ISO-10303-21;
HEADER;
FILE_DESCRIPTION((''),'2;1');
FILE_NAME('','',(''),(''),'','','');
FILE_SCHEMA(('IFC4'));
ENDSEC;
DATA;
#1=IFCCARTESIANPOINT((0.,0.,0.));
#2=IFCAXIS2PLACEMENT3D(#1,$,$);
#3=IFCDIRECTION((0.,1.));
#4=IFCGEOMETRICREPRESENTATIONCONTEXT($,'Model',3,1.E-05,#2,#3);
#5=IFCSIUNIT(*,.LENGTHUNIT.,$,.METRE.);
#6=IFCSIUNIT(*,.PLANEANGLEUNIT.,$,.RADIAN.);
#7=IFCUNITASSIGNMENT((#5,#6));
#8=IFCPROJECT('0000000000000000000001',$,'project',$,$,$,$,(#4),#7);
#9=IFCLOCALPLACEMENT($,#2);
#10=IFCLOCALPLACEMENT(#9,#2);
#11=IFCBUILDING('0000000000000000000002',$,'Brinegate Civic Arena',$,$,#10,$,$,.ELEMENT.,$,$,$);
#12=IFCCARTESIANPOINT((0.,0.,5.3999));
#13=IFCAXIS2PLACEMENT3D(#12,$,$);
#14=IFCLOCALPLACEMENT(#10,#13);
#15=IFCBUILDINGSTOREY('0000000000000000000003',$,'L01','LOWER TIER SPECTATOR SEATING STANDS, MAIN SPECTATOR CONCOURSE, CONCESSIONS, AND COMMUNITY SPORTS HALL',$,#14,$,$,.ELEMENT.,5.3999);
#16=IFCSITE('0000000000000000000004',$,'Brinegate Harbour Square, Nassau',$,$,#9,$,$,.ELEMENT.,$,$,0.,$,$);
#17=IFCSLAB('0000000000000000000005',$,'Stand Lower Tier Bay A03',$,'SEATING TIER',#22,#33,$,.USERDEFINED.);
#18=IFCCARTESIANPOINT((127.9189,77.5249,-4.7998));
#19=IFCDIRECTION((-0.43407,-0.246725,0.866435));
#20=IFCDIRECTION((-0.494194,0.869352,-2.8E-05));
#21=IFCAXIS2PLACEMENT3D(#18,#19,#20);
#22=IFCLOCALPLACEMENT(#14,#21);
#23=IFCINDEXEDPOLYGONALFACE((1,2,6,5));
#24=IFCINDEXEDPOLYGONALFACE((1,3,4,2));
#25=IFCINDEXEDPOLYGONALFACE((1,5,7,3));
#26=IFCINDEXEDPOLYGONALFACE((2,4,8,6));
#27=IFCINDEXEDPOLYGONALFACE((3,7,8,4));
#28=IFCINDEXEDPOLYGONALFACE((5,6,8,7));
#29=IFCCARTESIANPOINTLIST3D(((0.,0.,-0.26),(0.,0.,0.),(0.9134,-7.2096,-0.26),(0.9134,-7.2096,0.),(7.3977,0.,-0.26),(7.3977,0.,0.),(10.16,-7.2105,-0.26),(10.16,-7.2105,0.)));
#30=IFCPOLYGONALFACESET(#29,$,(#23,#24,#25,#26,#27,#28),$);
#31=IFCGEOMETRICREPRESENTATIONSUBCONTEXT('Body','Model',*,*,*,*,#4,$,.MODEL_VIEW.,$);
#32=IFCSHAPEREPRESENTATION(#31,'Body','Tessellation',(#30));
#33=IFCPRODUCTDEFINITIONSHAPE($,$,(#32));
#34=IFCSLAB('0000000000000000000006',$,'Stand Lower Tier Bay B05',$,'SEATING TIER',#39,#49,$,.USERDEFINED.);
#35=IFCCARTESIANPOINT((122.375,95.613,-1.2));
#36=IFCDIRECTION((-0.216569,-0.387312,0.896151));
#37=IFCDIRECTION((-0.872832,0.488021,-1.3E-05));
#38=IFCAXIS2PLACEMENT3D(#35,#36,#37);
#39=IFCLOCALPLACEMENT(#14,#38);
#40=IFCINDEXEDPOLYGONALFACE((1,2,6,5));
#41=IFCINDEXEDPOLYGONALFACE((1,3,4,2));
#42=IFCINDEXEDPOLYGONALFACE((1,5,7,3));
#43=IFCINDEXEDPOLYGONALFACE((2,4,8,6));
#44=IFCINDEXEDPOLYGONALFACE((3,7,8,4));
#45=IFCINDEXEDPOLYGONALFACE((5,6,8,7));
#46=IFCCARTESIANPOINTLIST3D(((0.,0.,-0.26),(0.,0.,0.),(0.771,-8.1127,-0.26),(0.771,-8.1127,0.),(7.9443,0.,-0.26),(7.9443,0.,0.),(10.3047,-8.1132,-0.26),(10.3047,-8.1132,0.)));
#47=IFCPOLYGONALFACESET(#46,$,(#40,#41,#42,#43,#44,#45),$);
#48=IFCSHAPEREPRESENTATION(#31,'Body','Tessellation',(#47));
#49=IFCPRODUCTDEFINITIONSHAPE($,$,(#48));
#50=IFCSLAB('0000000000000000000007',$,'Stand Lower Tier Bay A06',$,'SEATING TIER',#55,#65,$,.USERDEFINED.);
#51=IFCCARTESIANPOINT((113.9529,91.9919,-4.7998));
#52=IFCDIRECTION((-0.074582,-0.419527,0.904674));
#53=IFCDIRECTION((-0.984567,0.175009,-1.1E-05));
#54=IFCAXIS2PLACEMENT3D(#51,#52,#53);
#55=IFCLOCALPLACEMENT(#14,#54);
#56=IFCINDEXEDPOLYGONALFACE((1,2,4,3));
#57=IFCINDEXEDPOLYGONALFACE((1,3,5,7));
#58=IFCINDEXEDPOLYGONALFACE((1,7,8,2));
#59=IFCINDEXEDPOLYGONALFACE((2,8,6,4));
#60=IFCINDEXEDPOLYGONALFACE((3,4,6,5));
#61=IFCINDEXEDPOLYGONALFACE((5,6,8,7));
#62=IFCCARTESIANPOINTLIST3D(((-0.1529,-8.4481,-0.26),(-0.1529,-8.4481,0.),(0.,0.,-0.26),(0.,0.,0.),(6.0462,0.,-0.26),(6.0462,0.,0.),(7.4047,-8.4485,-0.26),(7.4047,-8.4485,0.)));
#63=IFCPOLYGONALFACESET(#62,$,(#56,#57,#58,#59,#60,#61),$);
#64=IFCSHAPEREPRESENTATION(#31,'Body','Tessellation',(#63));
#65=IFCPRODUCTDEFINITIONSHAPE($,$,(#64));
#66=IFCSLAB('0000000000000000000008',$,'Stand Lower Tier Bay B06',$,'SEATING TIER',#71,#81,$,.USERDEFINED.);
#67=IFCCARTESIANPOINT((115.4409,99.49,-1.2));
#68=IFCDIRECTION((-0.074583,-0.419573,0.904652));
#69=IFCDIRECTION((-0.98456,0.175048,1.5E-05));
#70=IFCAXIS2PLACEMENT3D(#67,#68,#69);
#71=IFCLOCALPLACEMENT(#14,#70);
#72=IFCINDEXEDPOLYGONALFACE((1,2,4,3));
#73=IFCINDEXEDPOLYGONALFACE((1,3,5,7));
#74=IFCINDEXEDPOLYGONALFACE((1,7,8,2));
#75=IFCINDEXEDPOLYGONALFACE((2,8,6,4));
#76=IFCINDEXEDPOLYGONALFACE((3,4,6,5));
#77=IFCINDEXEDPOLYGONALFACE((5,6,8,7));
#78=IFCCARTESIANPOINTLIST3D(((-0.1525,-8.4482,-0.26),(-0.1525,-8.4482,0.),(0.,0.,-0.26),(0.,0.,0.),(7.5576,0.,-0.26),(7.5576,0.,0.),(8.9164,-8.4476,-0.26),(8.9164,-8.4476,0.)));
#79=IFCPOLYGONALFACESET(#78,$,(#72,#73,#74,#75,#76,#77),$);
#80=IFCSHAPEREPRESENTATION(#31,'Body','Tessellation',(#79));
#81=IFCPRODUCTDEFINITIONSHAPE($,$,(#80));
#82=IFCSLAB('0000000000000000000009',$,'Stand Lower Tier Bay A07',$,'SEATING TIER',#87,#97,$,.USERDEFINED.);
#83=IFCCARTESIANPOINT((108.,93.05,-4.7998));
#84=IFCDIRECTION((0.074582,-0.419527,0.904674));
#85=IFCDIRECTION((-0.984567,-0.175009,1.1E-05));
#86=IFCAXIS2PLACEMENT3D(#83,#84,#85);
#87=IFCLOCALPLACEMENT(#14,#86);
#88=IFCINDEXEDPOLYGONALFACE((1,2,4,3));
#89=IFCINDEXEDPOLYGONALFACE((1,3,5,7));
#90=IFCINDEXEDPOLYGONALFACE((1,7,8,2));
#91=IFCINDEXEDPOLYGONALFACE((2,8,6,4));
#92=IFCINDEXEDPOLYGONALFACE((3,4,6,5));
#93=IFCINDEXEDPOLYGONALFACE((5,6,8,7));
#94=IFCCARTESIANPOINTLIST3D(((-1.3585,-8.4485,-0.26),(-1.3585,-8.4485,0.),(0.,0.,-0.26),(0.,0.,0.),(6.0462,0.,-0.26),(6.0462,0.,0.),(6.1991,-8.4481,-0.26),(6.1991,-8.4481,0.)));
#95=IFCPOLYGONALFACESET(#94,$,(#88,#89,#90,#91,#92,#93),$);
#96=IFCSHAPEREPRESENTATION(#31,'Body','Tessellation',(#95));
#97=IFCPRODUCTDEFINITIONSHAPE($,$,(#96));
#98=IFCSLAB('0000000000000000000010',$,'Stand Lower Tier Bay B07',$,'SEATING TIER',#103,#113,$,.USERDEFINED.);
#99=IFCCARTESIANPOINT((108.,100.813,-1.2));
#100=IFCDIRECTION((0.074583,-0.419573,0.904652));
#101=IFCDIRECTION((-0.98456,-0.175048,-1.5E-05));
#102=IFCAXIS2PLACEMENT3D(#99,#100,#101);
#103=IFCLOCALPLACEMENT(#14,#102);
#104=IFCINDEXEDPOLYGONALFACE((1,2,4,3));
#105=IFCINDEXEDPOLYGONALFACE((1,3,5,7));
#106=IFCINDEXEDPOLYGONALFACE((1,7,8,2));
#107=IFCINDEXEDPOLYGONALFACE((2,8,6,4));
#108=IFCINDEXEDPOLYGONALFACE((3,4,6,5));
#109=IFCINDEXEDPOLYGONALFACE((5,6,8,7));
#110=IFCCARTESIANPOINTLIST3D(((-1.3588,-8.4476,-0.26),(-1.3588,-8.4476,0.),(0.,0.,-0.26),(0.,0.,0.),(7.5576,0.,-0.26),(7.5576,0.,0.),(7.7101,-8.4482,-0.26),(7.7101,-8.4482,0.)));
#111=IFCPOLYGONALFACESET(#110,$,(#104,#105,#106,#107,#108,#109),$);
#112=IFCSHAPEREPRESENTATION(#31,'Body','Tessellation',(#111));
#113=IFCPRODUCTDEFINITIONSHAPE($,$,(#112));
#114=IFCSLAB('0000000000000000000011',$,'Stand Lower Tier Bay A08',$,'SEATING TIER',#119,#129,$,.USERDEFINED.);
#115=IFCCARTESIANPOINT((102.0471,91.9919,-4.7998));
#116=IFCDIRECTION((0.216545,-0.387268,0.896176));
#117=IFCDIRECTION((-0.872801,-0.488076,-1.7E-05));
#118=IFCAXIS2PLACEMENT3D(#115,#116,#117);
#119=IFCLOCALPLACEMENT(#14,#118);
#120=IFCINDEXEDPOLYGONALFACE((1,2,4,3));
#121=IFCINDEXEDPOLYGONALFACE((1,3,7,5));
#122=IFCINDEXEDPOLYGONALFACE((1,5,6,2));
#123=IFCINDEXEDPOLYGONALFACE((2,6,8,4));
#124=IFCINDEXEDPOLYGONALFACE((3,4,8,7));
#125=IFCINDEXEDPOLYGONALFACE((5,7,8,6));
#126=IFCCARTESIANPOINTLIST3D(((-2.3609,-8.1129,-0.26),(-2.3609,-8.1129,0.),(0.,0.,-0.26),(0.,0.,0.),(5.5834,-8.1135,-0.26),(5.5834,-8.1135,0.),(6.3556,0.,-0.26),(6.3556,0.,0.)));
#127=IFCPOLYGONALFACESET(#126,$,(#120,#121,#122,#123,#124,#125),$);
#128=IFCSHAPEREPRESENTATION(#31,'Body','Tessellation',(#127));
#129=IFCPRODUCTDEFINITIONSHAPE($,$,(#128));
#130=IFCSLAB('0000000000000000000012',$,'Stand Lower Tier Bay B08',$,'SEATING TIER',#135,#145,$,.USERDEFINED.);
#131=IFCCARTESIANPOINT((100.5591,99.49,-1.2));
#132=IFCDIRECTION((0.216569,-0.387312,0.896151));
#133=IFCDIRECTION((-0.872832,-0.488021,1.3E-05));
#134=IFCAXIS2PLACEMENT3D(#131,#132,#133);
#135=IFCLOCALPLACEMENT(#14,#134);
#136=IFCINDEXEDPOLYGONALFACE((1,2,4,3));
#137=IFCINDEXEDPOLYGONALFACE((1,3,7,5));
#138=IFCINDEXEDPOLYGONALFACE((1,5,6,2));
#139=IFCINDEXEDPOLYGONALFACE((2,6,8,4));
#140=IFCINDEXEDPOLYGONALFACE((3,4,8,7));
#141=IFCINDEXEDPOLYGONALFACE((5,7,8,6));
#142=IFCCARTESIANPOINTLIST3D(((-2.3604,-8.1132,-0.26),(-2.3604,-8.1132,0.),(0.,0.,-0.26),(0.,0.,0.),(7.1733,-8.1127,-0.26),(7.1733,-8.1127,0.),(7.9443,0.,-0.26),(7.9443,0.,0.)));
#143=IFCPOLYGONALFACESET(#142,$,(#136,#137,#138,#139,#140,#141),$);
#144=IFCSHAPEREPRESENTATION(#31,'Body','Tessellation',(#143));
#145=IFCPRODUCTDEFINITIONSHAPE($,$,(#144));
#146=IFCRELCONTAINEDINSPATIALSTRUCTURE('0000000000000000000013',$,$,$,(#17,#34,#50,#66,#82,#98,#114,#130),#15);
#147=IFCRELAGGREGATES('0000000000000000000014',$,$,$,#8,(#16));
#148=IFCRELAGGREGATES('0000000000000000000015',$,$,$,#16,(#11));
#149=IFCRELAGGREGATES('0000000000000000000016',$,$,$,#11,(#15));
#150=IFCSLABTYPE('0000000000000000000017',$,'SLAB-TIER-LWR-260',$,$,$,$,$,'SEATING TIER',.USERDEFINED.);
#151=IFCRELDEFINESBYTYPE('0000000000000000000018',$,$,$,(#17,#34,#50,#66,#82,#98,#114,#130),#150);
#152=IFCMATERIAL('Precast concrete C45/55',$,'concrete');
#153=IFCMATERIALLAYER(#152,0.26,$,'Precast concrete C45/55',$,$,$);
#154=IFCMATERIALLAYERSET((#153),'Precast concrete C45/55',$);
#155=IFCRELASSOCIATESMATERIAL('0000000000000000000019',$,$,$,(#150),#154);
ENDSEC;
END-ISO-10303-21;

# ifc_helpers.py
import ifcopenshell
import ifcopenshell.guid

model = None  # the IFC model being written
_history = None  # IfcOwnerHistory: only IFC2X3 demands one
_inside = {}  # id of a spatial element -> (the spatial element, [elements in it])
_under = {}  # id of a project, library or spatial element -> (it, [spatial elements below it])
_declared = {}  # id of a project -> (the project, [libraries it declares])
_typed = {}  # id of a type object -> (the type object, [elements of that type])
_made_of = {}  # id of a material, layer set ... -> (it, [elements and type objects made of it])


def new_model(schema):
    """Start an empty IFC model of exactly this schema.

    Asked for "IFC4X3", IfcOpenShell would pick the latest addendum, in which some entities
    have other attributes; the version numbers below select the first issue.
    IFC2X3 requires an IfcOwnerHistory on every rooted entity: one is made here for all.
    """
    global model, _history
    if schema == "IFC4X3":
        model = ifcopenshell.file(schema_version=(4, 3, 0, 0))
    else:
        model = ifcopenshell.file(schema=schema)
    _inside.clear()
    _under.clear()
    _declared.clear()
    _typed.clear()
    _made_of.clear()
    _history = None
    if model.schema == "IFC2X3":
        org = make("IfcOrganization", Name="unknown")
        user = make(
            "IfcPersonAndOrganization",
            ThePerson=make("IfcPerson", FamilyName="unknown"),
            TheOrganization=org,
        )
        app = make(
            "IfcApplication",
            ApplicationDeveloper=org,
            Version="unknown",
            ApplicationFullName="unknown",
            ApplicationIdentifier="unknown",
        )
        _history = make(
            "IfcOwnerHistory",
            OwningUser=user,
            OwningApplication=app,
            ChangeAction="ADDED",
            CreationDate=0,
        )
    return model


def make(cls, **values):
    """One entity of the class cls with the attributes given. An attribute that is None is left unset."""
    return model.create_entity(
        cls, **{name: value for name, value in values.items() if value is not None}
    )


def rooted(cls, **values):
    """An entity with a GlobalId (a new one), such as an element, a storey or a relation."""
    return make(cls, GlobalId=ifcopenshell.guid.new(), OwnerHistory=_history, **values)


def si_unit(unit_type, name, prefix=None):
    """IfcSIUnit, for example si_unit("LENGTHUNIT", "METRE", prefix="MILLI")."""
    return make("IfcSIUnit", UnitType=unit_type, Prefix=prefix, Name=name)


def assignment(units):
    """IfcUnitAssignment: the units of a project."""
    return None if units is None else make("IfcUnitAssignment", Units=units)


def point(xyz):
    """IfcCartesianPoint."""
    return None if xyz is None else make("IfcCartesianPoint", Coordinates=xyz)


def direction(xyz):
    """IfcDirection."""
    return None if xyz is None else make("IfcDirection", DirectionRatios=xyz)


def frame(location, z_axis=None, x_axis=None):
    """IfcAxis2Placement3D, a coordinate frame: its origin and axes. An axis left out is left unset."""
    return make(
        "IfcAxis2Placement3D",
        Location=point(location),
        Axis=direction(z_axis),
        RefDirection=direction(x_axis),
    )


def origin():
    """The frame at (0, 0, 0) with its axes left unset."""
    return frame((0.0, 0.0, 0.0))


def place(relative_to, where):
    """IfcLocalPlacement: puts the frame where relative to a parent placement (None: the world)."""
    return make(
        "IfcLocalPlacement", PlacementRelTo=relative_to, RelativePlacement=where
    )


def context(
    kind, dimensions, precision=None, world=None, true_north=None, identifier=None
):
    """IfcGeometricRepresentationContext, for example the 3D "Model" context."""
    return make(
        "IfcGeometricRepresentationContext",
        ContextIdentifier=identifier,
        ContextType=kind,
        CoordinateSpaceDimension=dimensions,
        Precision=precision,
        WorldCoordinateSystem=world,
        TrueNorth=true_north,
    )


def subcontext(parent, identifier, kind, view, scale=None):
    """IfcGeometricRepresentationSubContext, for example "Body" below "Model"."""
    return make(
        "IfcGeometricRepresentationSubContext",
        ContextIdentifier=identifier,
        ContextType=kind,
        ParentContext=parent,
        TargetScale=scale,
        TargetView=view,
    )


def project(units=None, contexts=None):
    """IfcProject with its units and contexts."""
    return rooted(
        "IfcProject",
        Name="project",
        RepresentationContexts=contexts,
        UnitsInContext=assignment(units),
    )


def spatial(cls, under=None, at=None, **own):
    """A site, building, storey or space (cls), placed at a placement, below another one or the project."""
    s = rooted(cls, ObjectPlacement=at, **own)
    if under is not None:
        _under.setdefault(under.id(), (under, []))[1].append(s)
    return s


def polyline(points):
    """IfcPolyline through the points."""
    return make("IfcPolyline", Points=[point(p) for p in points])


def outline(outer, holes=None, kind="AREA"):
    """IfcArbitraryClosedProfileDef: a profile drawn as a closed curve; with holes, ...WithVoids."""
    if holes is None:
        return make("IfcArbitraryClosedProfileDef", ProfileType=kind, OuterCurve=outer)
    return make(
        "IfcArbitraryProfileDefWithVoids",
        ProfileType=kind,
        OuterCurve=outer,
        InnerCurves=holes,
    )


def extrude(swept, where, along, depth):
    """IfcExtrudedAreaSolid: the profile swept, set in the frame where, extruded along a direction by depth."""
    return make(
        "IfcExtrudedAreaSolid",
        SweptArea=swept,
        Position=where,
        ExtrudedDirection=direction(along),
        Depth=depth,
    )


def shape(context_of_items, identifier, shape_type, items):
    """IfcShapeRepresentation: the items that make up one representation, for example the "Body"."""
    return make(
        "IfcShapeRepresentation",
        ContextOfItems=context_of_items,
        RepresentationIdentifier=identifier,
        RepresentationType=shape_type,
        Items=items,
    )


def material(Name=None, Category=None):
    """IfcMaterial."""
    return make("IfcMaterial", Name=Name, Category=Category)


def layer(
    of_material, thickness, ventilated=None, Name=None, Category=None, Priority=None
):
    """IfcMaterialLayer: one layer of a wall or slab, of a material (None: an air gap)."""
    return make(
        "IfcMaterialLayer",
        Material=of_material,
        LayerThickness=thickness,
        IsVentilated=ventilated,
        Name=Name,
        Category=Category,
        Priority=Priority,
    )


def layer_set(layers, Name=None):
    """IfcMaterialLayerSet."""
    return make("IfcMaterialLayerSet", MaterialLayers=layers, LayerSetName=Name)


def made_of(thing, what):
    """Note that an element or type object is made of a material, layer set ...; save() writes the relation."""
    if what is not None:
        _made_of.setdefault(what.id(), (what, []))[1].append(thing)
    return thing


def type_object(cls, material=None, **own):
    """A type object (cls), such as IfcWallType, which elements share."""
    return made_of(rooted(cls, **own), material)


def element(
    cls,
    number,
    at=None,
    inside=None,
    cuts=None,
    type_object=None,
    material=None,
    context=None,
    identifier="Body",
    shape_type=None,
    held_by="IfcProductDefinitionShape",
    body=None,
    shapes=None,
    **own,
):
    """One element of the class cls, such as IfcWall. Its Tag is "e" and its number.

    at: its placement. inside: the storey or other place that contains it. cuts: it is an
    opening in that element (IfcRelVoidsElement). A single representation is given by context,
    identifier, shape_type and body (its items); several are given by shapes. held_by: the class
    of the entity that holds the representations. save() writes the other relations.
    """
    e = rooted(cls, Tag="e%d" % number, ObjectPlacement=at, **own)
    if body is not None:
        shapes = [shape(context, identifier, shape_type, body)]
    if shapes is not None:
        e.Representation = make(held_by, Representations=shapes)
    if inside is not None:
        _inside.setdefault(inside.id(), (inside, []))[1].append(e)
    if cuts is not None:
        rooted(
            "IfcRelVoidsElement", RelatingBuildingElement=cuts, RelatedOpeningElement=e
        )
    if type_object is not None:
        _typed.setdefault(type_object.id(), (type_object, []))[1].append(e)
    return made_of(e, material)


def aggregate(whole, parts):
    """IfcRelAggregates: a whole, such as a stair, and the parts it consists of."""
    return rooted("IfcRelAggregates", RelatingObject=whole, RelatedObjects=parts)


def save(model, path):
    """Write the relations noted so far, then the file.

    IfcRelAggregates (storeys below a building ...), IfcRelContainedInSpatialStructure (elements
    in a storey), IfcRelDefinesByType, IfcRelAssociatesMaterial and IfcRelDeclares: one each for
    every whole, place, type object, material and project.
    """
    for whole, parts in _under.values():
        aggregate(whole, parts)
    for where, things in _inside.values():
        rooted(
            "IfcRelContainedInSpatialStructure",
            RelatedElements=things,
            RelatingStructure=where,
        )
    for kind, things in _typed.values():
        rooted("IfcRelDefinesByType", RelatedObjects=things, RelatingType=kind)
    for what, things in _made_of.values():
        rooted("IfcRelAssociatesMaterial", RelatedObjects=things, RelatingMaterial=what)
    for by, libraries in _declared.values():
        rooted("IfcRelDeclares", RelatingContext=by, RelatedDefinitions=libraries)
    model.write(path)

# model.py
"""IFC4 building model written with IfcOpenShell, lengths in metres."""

from ifc_helpers import new_model, si_unit, direction, frame, origin, place, context, subcontext, project, spatial, polyline, outline, extrude, material, layer, layer_set, type_object, element, save


model = new_model("IFC4")

# Units and contexts
model_context = context("Model", 3, precision=1e-05, world=origin(), true_north=direction((0.0, 1.0)))
body_context = subcontext(model_context, "Body", "Model", "MODEL_VIEW")
ifc_project = project(units=[si_unit("LENGTHUNIT", "METRE"), si_unit("PLANEANGLEUNIT", "RADIAN")], contexts=[model_context])

# Site, building, storey
site_placement = place(None, origin())
site = spatial("IfcSite", under=ifc_project, at=site_placement, Name="Brinegate Harbour Square, Nassau", CompositionType="ELEMENT", RefElevation=0.0)
building_placement = place(site_placement, origin())
building = spatial("IfcBuilding", under=site, at=building_placement, Name="Brinegate Civic Arena", CompositionType="ELEMENT")
storey_placement = place(building_placement, frame((0.0, 0.0, 5.3999)))
storey = spatial("IfcBuildingStorey", under=building, at=storey_placement, Name="L01", Description="LOWER TIER SPECTATOR SEATING STANDS, MAIN SPECTATOR CONCOURSE, CONCESSIONS, AND COMMUNITY SPORTS HALL", CompositionType="ELEMENT", Elevation=5.3999)

# Slabs
ifc_material_1 = material(Name="Precast concrete C45/55", Category="concrete")
ifc_layer = layer(ifc_material_1, 0.26, Name="Precast concrete C45/55")
ifc_layer_set = layer_set([ifc_layer], Name="Precast concrete C45/55")
slab_type = type_object("IfcSlabType", Name="SLAB-TIER-LWR-260", ElementType="SEATING TIER", PredefinedType="USERDEFINED", material=ifc_layer_set)
slab_1_placement = place(storey_placement, frame((127.9189, 77.5249, -4.7998), z_axis=(-0.43407, -0.246725, 0.866435), x_axis=(-0.494194, 0.869352, -0.000028)))
element("IfcSlab", 1, at=slab_1_placement, inside=storey, type_object=slab_type, Name="Stand Lower Tier Bay A03", ObjectType="SEATING TIER", PredefinedType="USERDEFINED", context=body_context, shape_type="SweptSolid", body=[
    extrude(outline(polyline([(0.0, 0.0), (7.3977, 0.0), (10.16, -7.2105), (0.9134, -7.2096), (0.0, 0.0)])), origin(), (0.0, 0.0, -1.0), 0.26),
])
slab_2_placement = place(storey_placement, frame((122.375, 95.613, -1.2), z_axis=(-0.216569, -0.387312, 0.896151), x_axis=(-0.872832, 0.488021, -0.000013)))
element("IfcSlab", 2, at=slab_2_placement, inside=storey, type_object=slab_type, Name="Stand Lower Tier Bay B05", ObjectType="SEATING TIER", PredefinedType="USERDEFINED", context=body_context, shape_type="SweptSolid", body=[
    extrude(outline(polyline([(0.0, 0.0), (7.9443, 0.0), (10.3047, -8.1132), (0.771, -8.1127), (0.0, 0.0)])), origin(), (0.0, 0.0, -1.0), 0.26),
])
slab_3_placement = place(storey_placement, frame((113.9529, 91.9919, -4.7998), z_axis=(-0.074582, -0.419527, 0.904674), x_axis=(-0.984567, 0.175009, -0.000011)))
element("IfcSlab", 3, at=slab_3_placement, inside=storey, type_object=slab_type, Name="Stand Lower Tier Bay A06", ObjectType="SEATING TIER", PredefinedType="USERDEFINED", context=body_context, shape_type="SweptSolid", body=[
    extrude(outline(polyline([(0.0, 0.0), (6.0462, 0.0), (7.4047, -8.4485), (-0.1529, -8.4481), (0.0, 0.0)])), origin(), (0.0, 0.0, -1.0), 0.26),
])
slab_4_placement = place(storey_placement, frame((115.4409, 99.49, -1.2), z_axis=(-0.074583, -0.419573, 0.904652), x_axis=(-0.98456, 0.175048, 0.000015)))
element("IfcSlab", 4, at=slab_4_placement, inside=storey, type_object=slab_type, Name="Stand Lower Tier Bay B06", ObjectType="SEATING TIER", PredefinedType="USERDEFINED", context=body_context, shape_type="SweptSolid", body=[
    extrude(outline(polyline([(0.0, 0.0), (7.5576, 0.0), (8.9164, -8.4476), (-0.1525, -8.4482), (0.0, 0.0)])), origin(), (0.0, 0.0, -1.0), 0.26),
])
slab_5_placement = place(storey_placement, frame((108.0, 93.05, -4.7998), z_axis=(0.074582, -0.419527, 0.904674), x_axis=(-0.984567, -0.175009, 0.000011)))
element("IfcSlab", 5, at=slab_5_placement, inside=storey, type_object=slab_type, Name="Stand Lower Tier Bay A07", ObjectType="SEATING TIER", PredefinedType="USERDEFINED", context=body_context, shape_type="SweptSolid", body=[
    extrude(outline(polyline([(0.0, 0.0), (6.0462, 0.0), (6.1991, -8.4481), (-1.3585, -8.4485), (0.0, 0.0)])), origin(), (0.0, 0.0, -1.0), 0.26),
])
slab_6_placement = place(storey_placement, frame((108.0, 100.813, -1.2), z_axis=(0.074583, -0.419573, 0.904652), x_axis=(-0.98456, -0.175048, -0.000015)))
element("IfcSlab", 6, at=slab_6_placement, inside=storey, type_object=slab_type, Name="Stand Lower Tier Bay B07", ObjectType="SEATING TIER", PredefinedType="USERDEFINED", context=body_context, shape_type="SweptSolid", body=[
    extrude(outline(polyline([(0.0, 0.0), (7.5576, 0.0), (7.7101, -8.4482), (-1.3588, -8.4476), (0.0, 0.0)])), origin(), (0.0, 0.0, -1.0), 0.26),
])
slab_7_placement = place(storey_placement, frame((102.0471, 91.9919, -4.7998), z_axis=(0.216545, -0.387268, 0.896176), x_axis=(-0.872801, -0.488076, -0.000017)))
element("IfcSlab", 7, at=slab_7_placement, inside=storey, type_object=slab_type, Name="Stand Lower Tier Bay A08", ObjectType="SEATING TIER", PredefinedType="USERDEFINED", context=body_context, shape_type="SweptSolid", body=[
    extrude(outline(polyline([(0.0, 0.0), (6.3556, 0.0), (5.5834, -8.1135), (-2.3609, -8.1129), (0.0, 0.0)])), origin(), (0.0, 0.0, -1.0), 0.26),
])
slab_8_placement = place(storey_placement, frame((100.5591, 99.49, -1.2), z_axis=(0.216569, -0.387312, 0.896151), x_axis=(-0.872832, -0.488021, 0.000013)))
element("IfcSlab", 8, at=slab_8_placement, inside=storey, type_object=slab_type, Name="Stand Lower Tier Bay B08", ObjectType="SEATING TIER", PredefinedType="USERDEFINED", context=body_context, shape_type="SweptSolid", body=[
    extrude(outline(polyline([(0.0, 0.0), (7.9443, 0.0), (7.1733, -8.1127), (-2.3604, -8.1132), (0.0, 0.0)])), origin(), (0.0, 0.0, -1.0), 0.26),
])

save(model, "model.ifc")
